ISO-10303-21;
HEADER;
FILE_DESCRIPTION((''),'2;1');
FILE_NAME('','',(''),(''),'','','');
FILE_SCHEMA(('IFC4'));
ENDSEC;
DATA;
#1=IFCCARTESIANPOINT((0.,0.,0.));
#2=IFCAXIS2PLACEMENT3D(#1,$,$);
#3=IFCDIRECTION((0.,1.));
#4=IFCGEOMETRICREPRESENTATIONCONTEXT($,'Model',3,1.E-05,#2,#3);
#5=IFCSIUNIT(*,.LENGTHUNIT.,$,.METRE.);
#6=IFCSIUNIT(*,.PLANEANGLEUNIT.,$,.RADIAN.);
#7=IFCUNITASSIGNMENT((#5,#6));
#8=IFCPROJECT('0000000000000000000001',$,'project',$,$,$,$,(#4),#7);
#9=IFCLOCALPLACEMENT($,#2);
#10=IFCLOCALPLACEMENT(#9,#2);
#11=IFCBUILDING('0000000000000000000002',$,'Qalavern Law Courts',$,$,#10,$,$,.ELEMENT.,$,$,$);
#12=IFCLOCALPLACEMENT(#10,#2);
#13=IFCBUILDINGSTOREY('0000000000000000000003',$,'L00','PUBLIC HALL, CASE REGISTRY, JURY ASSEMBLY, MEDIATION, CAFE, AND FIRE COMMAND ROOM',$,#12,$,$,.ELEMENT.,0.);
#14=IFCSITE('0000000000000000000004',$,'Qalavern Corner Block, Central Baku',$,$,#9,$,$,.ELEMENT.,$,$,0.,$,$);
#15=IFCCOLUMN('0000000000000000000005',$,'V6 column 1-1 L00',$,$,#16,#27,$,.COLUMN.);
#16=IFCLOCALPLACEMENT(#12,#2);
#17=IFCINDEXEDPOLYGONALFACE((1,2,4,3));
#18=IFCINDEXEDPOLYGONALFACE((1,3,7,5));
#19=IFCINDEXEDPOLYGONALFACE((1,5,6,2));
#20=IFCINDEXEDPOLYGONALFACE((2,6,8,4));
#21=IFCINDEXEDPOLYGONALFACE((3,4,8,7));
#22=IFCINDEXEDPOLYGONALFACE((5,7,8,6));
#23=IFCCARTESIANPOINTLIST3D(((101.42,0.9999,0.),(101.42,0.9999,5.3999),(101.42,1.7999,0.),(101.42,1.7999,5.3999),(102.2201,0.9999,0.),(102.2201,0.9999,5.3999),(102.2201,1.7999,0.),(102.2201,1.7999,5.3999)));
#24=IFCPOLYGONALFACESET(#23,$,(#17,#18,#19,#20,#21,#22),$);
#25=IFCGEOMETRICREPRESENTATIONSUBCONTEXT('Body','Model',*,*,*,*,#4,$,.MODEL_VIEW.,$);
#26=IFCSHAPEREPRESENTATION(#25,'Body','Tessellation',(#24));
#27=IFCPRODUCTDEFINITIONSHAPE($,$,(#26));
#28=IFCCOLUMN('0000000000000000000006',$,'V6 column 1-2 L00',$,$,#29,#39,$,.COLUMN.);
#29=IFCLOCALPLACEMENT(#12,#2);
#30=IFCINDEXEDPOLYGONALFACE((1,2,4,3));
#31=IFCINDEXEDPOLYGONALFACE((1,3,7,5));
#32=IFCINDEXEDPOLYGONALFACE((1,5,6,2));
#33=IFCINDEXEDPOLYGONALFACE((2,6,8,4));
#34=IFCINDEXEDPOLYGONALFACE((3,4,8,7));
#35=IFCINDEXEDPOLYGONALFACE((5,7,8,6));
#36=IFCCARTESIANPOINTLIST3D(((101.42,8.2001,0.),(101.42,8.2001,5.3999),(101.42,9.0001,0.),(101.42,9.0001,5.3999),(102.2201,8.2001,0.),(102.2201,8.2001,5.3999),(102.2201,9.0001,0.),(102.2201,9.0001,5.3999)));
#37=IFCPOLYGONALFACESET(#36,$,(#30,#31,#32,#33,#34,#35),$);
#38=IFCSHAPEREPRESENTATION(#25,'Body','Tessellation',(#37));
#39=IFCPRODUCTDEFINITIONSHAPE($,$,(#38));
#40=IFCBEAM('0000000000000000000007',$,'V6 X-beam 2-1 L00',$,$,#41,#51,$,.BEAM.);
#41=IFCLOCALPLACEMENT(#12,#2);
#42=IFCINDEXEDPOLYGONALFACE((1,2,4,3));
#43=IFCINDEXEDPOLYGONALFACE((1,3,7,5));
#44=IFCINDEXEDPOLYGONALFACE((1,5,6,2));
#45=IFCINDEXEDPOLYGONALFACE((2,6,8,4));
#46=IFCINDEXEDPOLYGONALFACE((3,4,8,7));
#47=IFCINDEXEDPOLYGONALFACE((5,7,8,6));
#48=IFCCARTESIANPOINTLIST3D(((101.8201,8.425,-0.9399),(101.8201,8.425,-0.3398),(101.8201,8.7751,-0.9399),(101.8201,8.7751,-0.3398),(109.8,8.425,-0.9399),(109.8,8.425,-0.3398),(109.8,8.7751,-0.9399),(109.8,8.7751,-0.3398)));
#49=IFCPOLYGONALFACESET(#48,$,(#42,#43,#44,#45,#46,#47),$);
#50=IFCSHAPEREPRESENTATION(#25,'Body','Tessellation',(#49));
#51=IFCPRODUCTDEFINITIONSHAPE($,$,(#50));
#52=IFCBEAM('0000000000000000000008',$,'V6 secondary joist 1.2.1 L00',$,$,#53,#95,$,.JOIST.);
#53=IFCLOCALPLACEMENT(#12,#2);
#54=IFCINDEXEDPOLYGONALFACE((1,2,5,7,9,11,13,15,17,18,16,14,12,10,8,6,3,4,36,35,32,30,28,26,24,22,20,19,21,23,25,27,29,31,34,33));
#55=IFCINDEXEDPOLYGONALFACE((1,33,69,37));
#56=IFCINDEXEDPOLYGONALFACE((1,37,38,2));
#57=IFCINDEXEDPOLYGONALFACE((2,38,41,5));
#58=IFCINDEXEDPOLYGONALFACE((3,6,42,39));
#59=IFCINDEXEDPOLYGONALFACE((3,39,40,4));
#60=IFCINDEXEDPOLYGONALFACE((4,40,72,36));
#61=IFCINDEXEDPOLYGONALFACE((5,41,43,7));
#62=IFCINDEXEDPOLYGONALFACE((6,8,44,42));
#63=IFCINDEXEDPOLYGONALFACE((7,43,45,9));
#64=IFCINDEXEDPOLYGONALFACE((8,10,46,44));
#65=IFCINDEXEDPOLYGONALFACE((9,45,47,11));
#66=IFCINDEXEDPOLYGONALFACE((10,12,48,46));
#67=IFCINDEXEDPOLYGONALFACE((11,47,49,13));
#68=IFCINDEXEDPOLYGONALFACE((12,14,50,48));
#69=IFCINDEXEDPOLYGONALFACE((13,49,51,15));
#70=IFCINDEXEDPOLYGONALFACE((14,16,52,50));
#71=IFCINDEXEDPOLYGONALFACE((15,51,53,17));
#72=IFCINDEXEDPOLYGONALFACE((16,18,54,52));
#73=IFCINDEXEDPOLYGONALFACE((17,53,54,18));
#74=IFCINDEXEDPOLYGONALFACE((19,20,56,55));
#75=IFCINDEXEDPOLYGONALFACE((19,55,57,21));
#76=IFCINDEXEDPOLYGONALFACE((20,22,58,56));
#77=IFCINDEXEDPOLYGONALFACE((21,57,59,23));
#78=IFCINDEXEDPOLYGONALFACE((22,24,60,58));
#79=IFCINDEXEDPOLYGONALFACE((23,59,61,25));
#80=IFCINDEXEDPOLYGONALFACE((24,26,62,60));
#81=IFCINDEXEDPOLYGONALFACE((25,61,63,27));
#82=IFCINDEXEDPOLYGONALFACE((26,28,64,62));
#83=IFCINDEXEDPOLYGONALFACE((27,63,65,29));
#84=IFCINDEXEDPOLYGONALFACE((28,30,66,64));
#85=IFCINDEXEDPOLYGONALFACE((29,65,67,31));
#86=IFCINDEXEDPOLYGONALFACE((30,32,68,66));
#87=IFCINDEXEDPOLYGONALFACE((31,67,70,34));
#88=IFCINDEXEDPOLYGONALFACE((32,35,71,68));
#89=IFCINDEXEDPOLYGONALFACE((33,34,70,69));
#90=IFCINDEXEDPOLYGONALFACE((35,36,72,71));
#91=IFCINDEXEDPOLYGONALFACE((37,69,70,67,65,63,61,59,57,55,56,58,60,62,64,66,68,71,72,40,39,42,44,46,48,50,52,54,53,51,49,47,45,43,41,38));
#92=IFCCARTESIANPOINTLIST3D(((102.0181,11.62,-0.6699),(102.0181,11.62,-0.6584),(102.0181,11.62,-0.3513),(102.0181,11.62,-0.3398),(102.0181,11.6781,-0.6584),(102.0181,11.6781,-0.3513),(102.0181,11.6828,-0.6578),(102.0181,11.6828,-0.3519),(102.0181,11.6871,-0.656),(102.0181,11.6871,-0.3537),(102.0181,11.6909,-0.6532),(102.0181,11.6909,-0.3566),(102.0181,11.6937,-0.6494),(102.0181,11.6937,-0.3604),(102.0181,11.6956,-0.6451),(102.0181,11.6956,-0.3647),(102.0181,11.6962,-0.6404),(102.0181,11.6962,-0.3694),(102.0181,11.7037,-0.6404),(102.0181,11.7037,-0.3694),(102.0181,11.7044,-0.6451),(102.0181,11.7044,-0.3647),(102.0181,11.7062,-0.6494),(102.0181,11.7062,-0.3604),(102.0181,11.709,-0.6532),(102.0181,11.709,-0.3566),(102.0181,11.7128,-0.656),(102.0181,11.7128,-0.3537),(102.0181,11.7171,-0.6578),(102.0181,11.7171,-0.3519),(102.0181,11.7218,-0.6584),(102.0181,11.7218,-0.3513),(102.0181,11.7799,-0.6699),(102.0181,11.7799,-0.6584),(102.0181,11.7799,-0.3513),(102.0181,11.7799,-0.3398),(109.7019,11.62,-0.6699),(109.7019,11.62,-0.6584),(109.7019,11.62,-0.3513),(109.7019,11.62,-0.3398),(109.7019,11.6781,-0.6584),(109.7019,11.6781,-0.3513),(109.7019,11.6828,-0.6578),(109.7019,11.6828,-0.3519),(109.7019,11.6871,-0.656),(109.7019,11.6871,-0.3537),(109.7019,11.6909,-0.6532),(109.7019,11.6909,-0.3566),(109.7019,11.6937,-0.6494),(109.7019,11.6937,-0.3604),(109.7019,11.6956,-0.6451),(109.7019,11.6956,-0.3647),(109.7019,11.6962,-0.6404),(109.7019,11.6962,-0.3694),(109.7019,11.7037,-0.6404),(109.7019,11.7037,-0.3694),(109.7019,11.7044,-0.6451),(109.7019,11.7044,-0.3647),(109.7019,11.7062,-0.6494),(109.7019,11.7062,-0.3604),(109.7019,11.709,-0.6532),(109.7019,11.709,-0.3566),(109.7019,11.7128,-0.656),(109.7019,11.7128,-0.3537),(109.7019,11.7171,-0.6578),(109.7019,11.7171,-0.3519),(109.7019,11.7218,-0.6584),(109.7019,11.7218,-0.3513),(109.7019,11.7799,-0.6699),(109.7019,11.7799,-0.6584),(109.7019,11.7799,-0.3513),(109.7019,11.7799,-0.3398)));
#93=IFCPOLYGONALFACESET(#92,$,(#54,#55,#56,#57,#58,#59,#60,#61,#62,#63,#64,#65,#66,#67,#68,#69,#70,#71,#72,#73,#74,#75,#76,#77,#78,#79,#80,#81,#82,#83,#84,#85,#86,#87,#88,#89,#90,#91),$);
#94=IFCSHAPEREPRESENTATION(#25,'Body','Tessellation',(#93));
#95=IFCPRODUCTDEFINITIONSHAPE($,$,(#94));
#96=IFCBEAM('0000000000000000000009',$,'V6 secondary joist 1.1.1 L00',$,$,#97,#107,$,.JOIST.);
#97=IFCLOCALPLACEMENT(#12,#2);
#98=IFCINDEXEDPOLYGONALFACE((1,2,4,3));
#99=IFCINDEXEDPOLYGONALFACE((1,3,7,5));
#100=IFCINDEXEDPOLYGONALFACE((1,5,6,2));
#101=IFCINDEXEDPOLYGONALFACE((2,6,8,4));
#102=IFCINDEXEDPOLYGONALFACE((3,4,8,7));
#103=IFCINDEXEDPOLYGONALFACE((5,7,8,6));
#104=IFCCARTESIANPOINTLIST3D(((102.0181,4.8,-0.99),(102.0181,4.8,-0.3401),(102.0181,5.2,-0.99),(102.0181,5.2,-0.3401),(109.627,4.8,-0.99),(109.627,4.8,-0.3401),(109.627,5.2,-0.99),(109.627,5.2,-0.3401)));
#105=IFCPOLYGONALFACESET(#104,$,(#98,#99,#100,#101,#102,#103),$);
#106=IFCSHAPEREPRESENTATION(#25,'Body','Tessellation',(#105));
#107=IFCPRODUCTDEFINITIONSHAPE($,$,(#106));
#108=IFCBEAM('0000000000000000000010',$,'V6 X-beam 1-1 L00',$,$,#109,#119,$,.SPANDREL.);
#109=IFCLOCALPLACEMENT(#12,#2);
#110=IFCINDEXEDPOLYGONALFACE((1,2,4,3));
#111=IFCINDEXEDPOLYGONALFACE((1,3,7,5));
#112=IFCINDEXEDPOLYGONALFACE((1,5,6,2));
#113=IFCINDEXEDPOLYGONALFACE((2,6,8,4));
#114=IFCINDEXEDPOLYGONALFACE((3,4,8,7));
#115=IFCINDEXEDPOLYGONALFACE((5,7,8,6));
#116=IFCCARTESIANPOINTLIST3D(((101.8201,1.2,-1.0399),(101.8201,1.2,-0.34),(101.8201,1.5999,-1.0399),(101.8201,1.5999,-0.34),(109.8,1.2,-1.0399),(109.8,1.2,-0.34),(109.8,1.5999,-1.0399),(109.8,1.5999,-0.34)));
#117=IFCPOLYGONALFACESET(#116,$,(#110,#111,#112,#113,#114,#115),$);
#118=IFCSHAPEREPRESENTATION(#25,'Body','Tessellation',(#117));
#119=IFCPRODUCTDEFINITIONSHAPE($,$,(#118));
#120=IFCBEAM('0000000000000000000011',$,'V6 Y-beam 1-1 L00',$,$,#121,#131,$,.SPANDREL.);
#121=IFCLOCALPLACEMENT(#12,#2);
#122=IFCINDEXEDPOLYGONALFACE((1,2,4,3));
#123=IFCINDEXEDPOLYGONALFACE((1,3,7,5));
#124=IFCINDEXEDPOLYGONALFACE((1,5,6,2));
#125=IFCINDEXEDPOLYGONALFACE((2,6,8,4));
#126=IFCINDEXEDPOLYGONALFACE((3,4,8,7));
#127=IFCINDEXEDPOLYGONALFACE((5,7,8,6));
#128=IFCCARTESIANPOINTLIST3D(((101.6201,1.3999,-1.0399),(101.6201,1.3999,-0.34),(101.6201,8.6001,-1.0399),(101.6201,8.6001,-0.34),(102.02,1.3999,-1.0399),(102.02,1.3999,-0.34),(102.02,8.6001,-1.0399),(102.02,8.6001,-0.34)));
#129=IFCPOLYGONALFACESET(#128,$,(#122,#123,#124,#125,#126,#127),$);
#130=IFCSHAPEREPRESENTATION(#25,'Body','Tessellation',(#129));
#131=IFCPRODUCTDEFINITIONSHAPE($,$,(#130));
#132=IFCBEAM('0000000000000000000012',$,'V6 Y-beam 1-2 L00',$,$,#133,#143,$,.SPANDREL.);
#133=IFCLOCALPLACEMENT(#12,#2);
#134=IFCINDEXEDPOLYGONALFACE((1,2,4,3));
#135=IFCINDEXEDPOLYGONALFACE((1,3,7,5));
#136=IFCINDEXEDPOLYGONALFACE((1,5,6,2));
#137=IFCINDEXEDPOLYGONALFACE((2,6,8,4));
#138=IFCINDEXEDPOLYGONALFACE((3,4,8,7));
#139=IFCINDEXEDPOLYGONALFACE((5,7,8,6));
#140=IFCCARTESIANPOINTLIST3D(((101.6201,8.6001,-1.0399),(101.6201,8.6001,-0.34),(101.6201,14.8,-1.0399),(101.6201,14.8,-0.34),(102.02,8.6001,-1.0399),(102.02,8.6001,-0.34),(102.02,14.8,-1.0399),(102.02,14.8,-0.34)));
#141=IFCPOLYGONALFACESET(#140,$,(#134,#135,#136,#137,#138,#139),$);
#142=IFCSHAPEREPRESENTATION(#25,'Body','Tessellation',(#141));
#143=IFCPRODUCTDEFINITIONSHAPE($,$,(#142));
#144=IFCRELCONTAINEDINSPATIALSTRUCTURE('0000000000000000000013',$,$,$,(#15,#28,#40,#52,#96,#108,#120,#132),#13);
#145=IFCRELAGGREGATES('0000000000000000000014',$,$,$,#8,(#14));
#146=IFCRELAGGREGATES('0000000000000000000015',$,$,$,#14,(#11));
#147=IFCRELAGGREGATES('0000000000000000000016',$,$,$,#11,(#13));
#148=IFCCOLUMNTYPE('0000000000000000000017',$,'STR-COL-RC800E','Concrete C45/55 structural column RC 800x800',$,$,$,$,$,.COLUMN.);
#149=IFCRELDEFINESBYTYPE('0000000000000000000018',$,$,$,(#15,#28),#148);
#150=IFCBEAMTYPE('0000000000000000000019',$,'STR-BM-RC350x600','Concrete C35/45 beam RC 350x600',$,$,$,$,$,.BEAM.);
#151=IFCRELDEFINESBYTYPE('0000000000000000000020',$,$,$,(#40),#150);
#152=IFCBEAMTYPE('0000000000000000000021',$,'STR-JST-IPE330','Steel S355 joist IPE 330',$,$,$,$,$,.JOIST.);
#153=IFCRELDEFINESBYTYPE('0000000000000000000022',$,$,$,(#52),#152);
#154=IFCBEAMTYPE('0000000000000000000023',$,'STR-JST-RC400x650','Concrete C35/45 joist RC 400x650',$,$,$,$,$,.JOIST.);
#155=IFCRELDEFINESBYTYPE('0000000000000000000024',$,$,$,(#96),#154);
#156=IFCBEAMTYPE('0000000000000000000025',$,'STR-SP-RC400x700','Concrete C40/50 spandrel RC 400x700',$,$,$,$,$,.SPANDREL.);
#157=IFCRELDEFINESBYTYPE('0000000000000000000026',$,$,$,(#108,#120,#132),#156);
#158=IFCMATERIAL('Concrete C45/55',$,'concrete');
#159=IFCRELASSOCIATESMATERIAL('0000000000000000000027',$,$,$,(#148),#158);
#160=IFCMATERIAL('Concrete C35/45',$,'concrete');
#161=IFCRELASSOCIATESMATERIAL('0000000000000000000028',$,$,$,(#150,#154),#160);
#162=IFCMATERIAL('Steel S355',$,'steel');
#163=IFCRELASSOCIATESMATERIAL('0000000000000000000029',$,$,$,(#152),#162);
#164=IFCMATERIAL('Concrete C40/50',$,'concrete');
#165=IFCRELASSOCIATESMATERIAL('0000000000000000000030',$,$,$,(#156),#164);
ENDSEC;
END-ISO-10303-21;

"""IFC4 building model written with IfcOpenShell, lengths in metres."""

from ifc_helpers import new_model, si_unit, direction, frame, origin, origin_2d, place, context, subcontext, project, spatial, rectangle, i_section, extrude, material, material_profile, profile_set, type_object, element, save


model = new_model("IFC4")

# Units and contexts
model_context = context("Model", 3, precision=1e-05, world=origin(), true_north=direction((0.0, 1.0)))
body_context = subcontext(model_context, "Body", "Model", "MODEL_VIEW")
ifc_project = project(units=[si_unit("LENGTHUNIT", "METRE"), si_unit("PLANEANGLEUNIT", "RADIAN")], contexts=[model_context])

# Site, building, storey
site_placement = place(None, origin())
site = spatial("IfcSite", under=ifc_project, at=site_placement, Name="Qalavern Corner Block, Central Baku", CompositionType="ELEMENT", RefElevation=0.0)
building_placement = place(site_placement, origin())
building = spatial("IfcBuilding", under=site, at=building_placement, Name="Qalavern Law Courts", CompositionType="ELEMENT")
storey_placement = place(building_placement, origin())
storey = spatial("IfcBuildingStorey", under=building, at=storey_placement, Name="L00", Description="PUBLIC HALL, CASE REGISTRY, JURY ASSEMBLY, MEDIATION, CAFE, AND FIRE COMMAND ROOM", CompositionType="ELEMENT", Elevation=0.0)

# Columns
ifc_material_1 = material(Name="Concrete C45/55", Category="concrete")
ifc_material_profile_1 = material_profile(ifc_material_1, rectangle(XDim=0.8, YDim=0.8, at=origin_2d()), Name="RC 800x800")
ifc_profile_set_1 = profile_set([ifc_material_profile_1], Name="Concrete C45/55")
column_type = type_object("IfcColumnType", Name="STR-COL-RC800E", Description="Concrete C45/55 structural column RC 800x800", PredefinedType="COLUMN", material=ifc_profile_set_1)
for number, where, z_axis, x_axis, name in (
    (1, (101.8201, 1.3999, 0.0), (0.0, 0.0, 1.0), (1.0, 0.0, 0.0), "V6 column 1-1 L00"),
    (2, (101.8201, 8.6001, 0.0), (0.0, 0.0, 1.0), (1.0, 0.0, 0.0), "V6 column 1-2 L00"),
):
    element("IfcColumn", number, at=place(storey_placement, frame(where, z_axis=z_axis, x_axis=x_axis)), inside=storey, type_object=column_type, Name=name, PredefinedType="COLUMN", context=body_context, shape_type="SweptSolid", body=[
        extrude(rectangle(XDim=0.8, YDim=0.8, at=origin_2d()), origin(), (0.0, 0.0, 1.0), 5.3999),
    ])

# Beams
ifc_material_2 = material(Name="Concrete C35/45", Category="concrete")
ifc_material_profile_2 = material_profile(ifc_material_2, rectangle(XDim=0.3501, YDim=0.6001, at=origin_2d()), Name="RC 350x600")
ifc_profile_set_2 = profile_set([ifc_material_profile_2], Name="Concrete C35/45")
beam_type_1 = type_object("IfcBeamType", Name="STR-BM-RC350x600", Description="Concrete C35/45 beam RC 350x600", PredefinedType="BEAM", material=ifc_profile_set_2)
beam_1_placement = place(storey_placement, frame((101.8201, 8.6001, -0.6399), z_axis=(1.0, 0.0, 0.0), x_axis=(0.0, 1.0, 0.0)))
element("IfcBeam", 3, at=beam_1_placement, inside=storey, type_object=beam_type_1, Name="V6 X-beam 2-1 L00", PredefinedType="BEAM", context=body_context, shape_type="SweptSolid", body=[
    extrude(rectangle(XDim=0.3501, YDim=0.6001, at=origin_2d()), origin(), (0.0, 0.0, 1.0), 7.98),
])
ifc_material_3 = material(Name="Steel S355", Category="steel")
ifc_material_profile_3 = material_profile(ifc_material_3, i_section(OverallWidth=0.1599, OverallDepth=0.3301, WebThickness=0.0076, FlangeThickness=0.0115, FilletRadius=0.0181, at=origin_2d()), Name="IPE 330")
ifc_profile_set_3 = profile_set([ifc_material_profile_3], Name="Steel S355")
beam_type_2 = type_object("IfcBeamType", Name="STR-JST-IPE330", Description="Steel S355 joist IPE 330", PredefinedType="JOIST", material=ifc_profile_set_3)
beam_2_placement = place(storey_placement, frame((102.0181, 11.7, -0.5049), z_axis=(1.0, 0.0, 0.0), x_axis=(0.0, 1.0, 0.0)))
element("IfcBeam", 4, at=beam_2_placement, inside=storey, type_object=beam_type_2, Name="V6 secondary joist 1.2.1 L00", PredefinedType="JOIST", context=body_context, shape_type="SweptSolid", body=[
    extrude(i_section(OverallWidth=0.1599, OverallDepth=0.3301, WebThickness=0.0076, FlangeThickness=0.0115, FilletRadius=0.0181, at=origin_2d()), origin(), (0.0, 0.0, 1.0), 7.6838),
])
ifc_material_profile_4 = material_profile(ifc_material_2, rectangle(XDim=0.3999, YDim=0.6499, at=origin_2d()), Name="RC 400x650")
ifc_profile_set_4 = profile_set([ifc_material_profile_4], Name="Concrete C35/45")
beam_type_3 = type_object("IfcBeamType", Name="STR-JST-RC400x650", Description="Concrete C35/45 joist RC 400x650", PredefinedType="JOIST", material=ifc_profile_set_4)
beam_3_placement = place(storey_placement, frame((102.0181, 5.0, -0.665), z_axis=(1.0, 0.0, 0.0), x_axis=(0.0, 1.0, 0.0)))
element("IfcBeam", 5, at=beam_3_placement, inside=storey, type_object=beam_type_3, Name="V6 secondary joist 1.1.1 L00", PredefinedType="JOIST", context=body_context, shape_type="SweptSolid", body=[
    extrude(rectangle(XDim=0.3999, YDim=0.6499, at=origin_2d()), origin(), (0.0, 0.0, 1.0), 7.6089),
])
ifc_material_4 = material(Name="Concrete C40/50", Category="concrete")
ifc_material_profile_5 = material_profile(ifc_material_4, rectangle(XDim=0.3999, YDim=0.7, at=origin_2d()), Name="RC 400x700")
ifc_profile_set_5 = profile_set([ifc_material_profile_5], Name="Concrete C40/50")
beam_type_4 = type_object("IfcBeamType", Name="STR-SP-RC400x700", Description="Concrete C40/50 spandrel RC 400x700", PredefinedType="SPANDREL", material=ifc_profile_set_5)
beam_4_placement = place(storey_placement, frame((101.8201, 1.3999, -0.6899), z_axis=(1.0, 0.0, 0.0), x_axis=(0.0, 1.0, 0.0)))
element("IfcBeam", 6, at=beam_4_placement, inside=storey, type_object=beam_type_4, Name="V6 X-beam 1-1 L00", PredefinedType="SPANDREL", context=body_context, shape_type="SweptSolid", body=[
    extrude(rectangle(XDim=0.3999, YDim=0.7, at=origin_2d()), origin(), (0.0, 0.0, 1.0), 7.98),
])
beam_5_placement = place(storey_placement, frame((101.8201, 1.3999, -0.6899), z_axis=(0.0, 1.0, 0.0), x_axis=(-1.0, 0.0, 0.0)))
element("IfcBeam", 7, at=beam_5_placement, inside=storey, type_object=beam_type_4, Name="V6 Y-beam 1-1 L00", PredefinedType="SPANDREL", context=body_context, shape_type="SweptSolid", body=[
    extrude(rectangle(XDim=0.3999, YDim=0.7, at=origin_2d()), origin(), (0.0, 0.0, 1.0), 7.2002),
])
beam_6_placement = place(storey_placement, frame((101.8201, 8.6001, -0.6899), z_axis=(0.0, 1.0, 0.0), x_axis=(-1.0, 0.0, 0.0)))
element("IfcBeam", 8, at=beam_6_placement, inside=storey, type_object=beam_type_4, Name="V6 Y-beam 1-2 L00", PredefinedType="SPANDREL", context=body_context, shape_type="SweptSolid", body=[
    extrude(rectangle(XDim=0.3999, YDim=0.7, at=origin_2d()), origin(), (0.0, 0.0, 1.0), 6.2),
])

save(model, "model.ifc")
